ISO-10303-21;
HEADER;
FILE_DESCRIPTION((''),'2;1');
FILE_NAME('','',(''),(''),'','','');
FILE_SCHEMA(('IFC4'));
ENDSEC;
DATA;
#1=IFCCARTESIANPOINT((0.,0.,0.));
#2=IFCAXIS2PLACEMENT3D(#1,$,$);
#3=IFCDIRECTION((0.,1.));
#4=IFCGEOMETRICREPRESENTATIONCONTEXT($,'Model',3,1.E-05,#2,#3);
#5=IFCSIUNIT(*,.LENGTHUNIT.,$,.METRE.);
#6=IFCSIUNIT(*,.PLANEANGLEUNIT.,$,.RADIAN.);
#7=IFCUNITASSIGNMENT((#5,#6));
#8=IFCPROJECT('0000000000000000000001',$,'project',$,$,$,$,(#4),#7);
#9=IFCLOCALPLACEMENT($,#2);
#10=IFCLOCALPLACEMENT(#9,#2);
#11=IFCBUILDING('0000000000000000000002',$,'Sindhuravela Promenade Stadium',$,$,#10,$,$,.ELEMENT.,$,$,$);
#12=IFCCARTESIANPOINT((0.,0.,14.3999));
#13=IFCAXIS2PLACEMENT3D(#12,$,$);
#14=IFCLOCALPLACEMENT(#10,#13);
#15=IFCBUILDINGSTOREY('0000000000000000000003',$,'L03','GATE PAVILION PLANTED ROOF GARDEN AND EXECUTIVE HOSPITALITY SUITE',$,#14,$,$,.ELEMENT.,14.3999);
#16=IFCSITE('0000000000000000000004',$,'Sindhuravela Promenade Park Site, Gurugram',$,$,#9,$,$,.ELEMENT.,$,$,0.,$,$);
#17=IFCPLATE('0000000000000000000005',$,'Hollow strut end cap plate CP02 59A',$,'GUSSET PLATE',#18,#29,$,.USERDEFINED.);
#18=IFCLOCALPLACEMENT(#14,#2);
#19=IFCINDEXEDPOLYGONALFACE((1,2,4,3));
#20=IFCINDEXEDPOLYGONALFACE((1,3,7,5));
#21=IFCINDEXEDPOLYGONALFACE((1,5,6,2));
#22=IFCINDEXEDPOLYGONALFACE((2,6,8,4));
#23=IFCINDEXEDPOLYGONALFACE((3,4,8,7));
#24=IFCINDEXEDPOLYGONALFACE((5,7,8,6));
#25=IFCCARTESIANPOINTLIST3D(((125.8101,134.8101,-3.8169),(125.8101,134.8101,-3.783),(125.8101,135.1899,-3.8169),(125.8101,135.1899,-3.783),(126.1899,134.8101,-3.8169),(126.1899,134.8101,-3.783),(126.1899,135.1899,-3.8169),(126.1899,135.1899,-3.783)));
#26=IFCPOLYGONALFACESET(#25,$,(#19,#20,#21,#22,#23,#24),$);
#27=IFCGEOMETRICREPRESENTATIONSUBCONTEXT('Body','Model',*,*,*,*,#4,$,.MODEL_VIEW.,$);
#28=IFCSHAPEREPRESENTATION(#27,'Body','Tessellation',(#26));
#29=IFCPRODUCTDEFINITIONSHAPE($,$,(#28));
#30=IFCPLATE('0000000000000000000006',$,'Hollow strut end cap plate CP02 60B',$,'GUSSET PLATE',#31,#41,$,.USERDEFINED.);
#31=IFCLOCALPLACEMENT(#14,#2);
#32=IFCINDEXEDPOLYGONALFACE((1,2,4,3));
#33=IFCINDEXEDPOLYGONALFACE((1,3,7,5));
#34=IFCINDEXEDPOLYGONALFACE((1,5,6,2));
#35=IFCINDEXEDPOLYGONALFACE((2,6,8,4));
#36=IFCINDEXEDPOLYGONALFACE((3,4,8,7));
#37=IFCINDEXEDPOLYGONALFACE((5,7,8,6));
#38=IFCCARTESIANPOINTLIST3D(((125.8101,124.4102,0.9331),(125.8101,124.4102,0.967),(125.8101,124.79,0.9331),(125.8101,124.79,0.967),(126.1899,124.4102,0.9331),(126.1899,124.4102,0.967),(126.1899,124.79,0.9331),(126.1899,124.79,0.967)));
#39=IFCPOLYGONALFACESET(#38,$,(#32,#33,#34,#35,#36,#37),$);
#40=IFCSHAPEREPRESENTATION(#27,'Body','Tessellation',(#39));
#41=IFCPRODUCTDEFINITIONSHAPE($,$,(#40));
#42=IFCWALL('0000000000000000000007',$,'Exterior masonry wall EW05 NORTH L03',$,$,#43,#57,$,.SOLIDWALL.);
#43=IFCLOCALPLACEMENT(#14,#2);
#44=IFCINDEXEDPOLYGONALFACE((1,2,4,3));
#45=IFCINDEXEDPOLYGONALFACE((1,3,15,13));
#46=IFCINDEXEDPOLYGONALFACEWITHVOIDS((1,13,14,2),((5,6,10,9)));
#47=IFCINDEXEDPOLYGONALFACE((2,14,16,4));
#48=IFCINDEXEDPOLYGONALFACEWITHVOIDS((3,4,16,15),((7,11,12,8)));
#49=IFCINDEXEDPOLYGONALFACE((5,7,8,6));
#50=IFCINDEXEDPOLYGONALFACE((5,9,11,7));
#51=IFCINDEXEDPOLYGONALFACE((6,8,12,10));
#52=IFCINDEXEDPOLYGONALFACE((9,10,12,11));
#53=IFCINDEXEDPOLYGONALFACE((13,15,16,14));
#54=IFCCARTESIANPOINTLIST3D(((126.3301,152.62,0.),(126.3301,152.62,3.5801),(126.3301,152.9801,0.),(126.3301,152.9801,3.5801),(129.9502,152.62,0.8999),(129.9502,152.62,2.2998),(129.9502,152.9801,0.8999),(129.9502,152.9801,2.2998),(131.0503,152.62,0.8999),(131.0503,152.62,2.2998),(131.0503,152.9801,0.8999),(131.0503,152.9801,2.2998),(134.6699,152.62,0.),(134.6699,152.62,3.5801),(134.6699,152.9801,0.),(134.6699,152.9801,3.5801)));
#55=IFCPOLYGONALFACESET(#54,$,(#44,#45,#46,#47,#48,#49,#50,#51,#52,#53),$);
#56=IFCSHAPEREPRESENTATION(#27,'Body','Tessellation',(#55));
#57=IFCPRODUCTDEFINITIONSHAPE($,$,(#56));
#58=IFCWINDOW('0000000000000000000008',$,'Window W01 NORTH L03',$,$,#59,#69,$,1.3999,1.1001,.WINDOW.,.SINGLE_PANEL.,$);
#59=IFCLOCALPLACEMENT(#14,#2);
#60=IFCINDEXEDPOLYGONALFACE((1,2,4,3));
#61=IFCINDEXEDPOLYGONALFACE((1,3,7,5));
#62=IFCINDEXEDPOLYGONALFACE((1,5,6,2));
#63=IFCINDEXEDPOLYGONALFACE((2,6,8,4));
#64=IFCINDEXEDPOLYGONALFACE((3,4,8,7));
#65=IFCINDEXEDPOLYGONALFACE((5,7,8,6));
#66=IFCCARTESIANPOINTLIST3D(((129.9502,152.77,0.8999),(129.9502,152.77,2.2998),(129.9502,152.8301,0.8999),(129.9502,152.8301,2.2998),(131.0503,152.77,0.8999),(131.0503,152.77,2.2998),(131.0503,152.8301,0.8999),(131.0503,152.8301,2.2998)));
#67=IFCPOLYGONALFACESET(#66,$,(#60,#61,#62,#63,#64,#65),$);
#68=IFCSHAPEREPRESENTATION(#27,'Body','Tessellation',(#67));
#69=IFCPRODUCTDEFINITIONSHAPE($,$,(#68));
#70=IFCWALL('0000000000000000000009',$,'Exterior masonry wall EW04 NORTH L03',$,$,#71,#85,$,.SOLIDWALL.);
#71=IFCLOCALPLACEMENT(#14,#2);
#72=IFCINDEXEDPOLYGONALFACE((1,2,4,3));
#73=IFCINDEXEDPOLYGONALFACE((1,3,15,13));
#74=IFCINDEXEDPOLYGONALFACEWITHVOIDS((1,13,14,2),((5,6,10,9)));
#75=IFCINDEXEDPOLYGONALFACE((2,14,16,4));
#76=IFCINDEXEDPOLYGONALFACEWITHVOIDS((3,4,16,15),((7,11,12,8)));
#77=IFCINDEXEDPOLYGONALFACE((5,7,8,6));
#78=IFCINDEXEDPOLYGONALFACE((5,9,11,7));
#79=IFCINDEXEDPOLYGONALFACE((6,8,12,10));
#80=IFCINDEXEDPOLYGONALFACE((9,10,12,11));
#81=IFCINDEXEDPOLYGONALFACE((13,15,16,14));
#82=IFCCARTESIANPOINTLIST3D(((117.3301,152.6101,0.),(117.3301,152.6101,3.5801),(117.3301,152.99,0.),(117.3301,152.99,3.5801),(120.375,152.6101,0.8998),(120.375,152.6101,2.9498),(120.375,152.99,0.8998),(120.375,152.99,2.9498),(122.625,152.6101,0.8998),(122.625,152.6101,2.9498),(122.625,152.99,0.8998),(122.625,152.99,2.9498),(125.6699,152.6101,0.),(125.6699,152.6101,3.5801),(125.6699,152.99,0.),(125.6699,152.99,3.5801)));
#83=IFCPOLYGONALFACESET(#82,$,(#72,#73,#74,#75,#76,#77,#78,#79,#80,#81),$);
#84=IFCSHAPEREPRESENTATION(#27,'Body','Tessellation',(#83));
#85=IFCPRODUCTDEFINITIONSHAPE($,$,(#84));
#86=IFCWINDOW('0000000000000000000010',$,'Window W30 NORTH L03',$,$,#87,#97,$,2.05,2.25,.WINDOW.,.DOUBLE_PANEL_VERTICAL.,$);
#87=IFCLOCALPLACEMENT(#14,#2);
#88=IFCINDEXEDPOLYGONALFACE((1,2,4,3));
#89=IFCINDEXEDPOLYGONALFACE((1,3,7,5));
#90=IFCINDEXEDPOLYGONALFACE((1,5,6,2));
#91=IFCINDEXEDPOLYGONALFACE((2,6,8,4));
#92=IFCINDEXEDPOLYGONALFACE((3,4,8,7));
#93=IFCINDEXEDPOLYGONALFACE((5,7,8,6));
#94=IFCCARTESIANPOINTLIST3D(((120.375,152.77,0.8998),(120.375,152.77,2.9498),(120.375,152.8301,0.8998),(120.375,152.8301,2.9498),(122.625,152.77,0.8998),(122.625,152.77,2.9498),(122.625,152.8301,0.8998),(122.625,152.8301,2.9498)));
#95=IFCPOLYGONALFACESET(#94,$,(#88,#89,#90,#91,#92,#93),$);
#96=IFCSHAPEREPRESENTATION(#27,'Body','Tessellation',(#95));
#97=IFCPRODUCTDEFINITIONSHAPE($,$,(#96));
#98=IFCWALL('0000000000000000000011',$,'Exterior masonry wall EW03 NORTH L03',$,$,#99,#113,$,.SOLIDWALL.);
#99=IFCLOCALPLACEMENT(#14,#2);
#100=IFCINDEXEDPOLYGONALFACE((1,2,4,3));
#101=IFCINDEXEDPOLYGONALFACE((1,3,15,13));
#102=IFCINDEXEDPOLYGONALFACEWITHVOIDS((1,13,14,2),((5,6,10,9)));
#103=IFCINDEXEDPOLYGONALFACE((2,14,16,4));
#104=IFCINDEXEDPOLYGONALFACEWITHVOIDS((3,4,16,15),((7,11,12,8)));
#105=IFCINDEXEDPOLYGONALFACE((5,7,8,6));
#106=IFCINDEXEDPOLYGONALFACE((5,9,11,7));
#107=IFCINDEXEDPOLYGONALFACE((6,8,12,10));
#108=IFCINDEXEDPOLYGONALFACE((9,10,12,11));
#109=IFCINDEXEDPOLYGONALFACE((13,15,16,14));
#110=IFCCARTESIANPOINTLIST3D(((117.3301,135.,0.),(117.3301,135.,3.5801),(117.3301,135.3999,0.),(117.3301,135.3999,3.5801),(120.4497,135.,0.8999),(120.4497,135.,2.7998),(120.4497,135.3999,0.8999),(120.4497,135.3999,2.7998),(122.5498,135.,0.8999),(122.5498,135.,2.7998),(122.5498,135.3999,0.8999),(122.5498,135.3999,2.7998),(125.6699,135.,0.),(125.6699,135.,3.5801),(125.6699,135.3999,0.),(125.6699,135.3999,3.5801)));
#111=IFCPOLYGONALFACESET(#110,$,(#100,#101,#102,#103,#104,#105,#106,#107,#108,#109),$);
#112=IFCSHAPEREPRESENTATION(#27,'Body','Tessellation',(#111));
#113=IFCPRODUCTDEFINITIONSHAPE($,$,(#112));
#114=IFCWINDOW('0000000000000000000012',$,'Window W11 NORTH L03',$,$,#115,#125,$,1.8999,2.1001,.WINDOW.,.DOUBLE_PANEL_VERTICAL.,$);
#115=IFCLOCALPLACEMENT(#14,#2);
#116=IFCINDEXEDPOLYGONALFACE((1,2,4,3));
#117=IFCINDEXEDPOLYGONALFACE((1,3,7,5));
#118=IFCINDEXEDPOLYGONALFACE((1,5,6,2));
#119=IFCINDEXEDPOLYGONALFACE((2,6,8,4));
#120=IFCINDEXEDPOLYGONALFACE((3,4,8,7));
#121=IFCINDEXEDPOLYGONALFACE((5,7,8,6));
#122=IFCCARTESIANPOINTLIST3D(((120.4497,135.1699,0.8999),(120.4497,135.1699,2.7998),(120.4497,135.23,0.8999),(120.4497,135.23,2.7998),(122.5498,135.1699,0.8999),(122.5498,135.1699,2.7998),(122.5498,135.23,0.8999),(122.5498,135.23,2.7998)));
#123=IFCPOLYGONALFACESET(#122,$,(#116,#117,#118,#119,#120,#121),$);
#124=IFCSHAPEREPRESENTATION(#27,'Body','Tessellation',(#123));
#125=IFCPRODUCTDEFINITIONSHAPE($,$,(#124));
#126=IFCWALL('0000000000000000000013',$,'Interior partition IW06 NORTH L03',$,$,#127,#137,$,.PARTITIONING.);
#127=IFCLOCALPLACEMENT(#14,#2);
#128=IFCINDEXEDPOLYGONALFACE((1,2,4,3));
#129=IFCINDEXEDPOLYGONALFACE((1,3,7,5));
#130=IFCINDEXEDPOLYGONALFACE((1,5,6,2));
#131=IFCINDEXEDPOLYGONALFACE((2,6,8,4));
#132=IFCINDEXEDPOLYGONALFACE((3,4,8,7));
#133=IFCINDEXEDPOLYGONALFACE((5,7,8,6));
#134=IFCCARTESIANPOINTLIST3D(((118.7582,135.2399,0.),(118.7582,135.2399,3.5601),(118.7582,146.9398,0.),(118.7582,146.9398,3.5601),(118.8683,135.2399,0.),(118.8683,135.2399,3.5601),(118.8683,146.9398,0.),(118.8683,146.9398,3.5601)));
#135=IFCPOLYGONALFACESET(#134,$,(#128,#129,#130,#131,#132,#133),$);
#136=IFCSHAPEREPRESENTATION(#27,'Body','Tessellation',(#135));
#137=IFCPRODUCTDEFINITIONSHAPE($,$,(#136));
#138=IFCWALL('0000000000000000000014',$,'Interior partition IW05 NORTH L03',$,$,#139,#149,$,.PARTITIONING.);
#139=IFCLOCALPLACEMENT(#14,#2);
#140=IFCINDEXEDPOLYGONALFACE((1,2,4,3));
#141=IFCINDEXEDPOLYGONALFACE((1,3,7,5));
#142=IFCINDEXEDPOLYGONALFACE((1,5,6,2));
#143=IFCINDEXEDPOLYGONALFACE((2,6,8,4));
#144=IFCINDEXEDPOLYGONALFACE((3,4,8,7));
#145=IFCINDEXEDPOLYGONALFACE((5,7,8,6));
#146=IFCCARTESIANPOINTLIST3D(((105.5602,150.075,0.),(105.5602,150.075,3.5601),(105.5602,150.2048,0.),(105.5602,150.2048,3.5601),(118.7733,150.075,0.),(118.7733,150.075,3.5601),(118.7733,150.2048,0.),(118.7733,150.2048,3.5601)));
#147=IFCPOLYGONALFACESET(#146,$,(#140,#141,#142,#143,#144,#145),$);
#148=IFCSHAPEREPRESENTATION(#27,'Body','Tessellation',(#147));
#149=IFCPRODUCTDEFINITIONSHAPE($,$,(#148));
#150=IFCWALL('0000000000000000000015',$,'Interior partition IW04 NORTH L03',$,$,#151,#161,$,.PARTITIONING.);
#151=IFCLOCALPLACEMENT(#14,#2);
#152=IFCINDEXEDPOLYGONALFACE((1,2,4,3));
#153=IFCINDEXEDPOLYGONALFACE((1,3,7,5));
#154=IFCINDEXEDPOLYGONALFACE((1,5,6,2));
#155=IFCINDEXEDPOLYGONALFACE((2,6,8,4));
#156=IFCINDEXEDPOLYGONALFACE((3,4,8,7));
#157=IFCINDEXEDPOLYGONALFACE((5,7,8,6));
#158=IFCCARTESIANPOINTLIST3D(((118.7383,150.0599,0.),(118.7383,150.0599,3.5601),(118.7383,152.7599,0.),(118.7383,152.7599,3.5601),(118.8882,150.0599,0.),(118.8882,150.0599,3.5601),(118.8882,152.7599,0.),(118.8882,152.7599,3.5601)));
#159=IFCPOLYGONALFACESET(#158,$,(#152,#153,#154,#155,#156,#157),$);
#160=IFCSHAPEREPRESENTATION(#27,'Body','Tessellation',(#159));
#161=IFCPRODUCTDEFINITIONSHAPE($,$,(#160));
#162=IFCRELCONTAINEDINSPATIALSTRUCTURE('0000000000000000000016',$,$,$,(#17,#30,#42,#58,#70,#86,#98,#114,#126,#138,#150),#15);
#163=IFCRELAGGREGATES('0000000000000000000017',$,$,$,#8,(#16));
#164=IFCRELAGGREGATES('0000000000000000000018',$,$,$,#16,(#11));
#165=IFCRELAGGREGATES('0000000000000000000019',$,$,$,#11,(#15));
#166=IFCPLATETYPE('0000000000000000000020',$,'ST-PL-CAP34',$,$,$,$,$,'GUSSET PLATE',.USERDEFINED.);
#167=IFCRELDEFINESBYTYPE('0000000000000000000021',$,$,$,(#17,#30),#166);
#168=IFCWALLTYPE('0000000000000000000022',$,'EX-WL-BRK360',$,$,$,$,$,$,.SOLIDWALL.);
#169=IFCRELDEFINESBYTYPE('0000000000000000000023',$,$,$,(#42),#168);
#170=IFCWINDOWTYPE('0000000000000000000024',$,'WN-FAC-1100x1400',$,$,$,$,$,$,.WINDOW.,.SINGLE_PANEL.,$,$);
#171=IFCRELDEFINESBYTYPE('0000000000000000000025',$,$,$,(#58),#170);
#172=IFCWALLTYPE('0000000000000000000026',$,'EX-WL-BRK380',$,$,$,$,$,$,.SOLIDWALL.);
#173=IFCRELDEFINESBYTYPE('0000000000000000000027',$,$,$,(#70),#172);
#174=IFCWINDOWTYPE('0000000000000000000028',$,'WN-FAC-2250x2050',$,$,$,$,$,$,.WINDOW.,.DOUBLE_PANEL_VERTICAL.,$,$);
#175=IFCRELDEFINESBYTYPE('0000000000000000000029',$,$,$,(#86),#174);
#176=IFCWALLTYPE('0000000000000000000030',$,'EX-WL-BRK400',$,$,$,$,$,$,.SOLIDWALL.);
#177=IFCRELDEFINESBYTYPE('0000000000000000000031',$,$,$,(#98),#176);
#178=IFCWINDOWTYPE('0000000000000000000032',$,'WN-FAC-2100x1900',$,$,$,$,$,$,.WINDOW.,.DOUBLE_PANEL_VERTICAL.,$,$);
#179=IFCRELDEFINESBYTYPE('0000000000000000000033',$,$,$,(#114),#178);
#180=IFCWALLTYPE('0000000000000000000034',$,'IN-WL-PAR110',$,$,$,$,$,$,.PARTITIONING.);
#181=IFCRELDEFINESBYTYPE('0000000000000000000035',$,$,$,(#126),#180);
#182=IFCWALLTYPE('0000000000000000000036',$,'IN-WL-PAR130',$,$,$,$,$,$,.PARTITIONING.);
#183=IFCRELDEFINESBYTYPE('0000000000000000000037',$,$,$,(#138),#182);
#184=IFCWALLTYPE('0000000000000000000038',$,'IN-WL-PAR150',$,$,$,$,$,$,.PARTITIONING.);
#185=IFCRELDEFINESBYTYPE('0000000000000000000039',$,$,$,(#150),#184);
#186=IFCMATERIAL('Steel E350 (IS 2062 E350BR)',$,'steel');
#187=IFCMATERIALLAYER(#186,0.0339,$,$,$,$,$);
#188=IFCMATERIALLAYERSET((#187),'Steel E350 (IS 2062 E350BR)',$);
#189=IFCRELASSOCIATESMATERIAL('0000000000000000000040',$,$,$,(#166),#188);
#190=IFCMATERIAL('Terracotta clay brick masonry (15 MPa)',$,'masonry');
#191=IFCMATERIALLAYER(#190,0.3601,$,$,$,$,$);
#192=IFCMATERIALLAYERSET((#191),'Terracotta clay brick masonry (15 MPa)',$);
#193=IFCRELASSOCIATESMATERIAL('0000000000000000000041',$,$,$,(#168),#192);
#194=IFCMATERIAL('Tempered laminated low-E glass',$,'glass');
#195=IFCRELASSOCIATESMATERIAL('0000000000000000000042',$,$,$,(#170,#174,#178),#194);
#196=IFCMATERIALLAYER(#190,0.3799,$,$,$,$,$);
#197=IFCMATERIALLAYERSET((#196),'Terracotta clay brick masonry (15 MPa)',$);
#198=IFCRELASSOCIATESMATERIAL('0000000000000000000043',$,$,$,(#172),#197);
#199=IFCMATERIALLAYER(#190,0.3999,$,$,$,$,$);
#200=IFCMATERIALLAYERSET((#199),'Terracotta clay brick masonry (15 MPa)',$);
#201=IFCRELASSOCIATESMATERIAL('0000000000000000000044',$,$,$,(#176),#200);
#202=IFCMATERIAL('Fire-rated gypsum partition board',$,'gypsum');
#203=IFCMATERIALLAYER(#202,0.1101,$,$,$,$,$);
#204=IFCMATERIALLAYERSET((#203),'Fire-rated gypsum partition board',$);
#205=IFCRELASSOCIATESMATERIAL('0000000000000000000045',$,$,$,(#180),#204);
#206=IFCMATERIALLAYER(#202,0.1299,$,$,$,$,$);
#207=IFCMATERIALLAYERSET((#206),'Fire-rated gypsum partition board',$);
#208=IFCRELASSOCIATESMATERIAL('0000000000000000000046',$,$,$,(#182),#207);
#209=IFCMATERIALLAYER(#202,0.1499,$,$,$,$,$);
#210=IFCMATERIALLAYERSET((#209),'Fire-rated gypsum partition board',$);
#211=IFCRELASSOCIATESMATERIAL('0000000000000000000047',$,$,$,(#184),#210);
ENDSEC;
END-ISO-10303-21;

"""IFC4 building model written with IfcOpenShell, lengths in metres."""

from ifc_helpers import new_model, si_unit, direction, frame, frame_2d, origin, origin_2d, place, context, subcontext, project, spatial, rectangle, extrude, material, layer, layer_set, type_object, element, fill, save


model = new_model("IFC4")

# Units and contexts
model_context = context("Model", 3, precision=1e-05, world=origin(), true_north=direction((0.0, 1.0)))
body_context = subcontext(model_context, "Body", "Model", "MODEL_VIEW")
ifc_project = project(units=[si_unit("LENGTHUNIT", "METRE"), si_unit("PLANEANGLEUNIT", "RADIAN")], contexts=[model_context])

# Site, building, storey
site_placement = place(None, origin())
site = spatial("IfcSite", under=ifc_project, at=site_placement, Name="Sindhuravela Promenade Park Site, Gurugram", CompositionType="ELEMENT", RefElevation=0.0)
building_placement = place(site_placement, origin())
building = spatial("IfcBuilding", under=site, at=building_placement, Name="Sindhuravela Promenade Stadium", CompositionType="ELEMENT")
storey_placement = place(building_placement, frame((0.0, 0.0, 14.3999)))
storey = spatial("IfcBuildingStorey", under=building, at=storey_placement, Name="L03", Description="GATE PAVILION PLANTED ROOF GARDEN AND EXECUTIVE HOSPITALITY SUITE", CompositionType="ELEMENT", Elevation=14.3999)

# Shared definitions
ifc_material_1 = material(Name="Steel E350 (IS 2062 E350BR)", Category="steel")

# Plates
ifc_layer_1 = layer(ifc_material_1, 0.0339)
ifc_layer_set_1 = layer_set([ifc_layer_1], Name="Steel E350 (IS 2062 E350BR)")
plate_type = type_object("IfcPlateType", Name="ST-PL-CAP34", ElementType="GUSSET PLATE", PredefinedType="USERDEFINED", material=ifc_layer_set_1)
for number, where, z_axis, x_axis, name in (
    (1, (126.0, 135.0, -3.8169), (0.0, 0.0, 1.0), (1.0, 0.0, 0.0), "Hollow strut end cap plate CP02 59A"),
    (2, (126.0, 124.6001, 0.9331), (0.0, 0.0, 1.0), (1.0, 0.0, 0.0), "Hollow strut end cap plate CP02 60B"),
):
    element("IfcPlate", number, at=place(storey_placement, frame(where, z_axis=z_axis, x_axis=x_axis)), inside=storey, type_object=plate_type, Name=name, ObjectType="GUSSET PLATE", PredefinedType="USERDEFINED", context=body_context, shape_type="SweptSolid", body=[
        extrude(rectangle(XDim=0.3799, YDim=0.3799, at=origin_2d()), origin(), (0.0, 0.0, 1.0), 0.0339),
    ])

# Walls, openings, windows
ifc_material_2 = material(Name="Terracotta clay brick masonry (15 MPa)", Category="masonry")
ifc_layer_2 = layer(ifc_material_2, 0.3601)
ifc_layer_set_2 = layer_set([ifc_layer_2], Name="Terracotta clay brick masonry (15 MPa)")
wall_type_1 = type_object("IfcWallType", Name="EX-WL-BRK360", PredefinedType="SOLIDWALL", material=ifc_layer_set_2)
wall_1_placement = place(storey_placement, frame((126.3301, 152.8, 0.0), z_axis=(0.0, 0.0, 1.0), x_axis=(1.0, 0.0, 0.0)))
wall_1 = element("IfcWall", 3, at=wall_1_placement, inside=storey, type_object=wall_type_1, Name="Exterior masonry wall EW05 NORTH L03", PredefinedType="SOLIDWALL", context=body_context, shape_type="SweptSolid", body=[
    extrude(rectangle(XDim=8.3398, YDim=0.3601, at=frame_2d((4.1699, 0.0))), origin(), (0.0, 0.0, 1.0), 3.5801),
])
opening_1_placement = place(wall_1_placement, frame((3.6201, 0.0, 0.8999)))
opening_1 = element("IfcOpeningElement", 4, at=opening_1_placement, cuts=wall_1, PredefinedType="OPENING", context=body_context, shape_type="SweptSolid", body=[
    extrude(rectangle(XDim=1.1001, YDim=1.3999, at=frame_2d((0.55, 0.7))), frame((0.0, 0.1899, 0.0), z_axis=(0.0, -1.0, 0.0), x_axis=(1.0, 0.0, 0.0)), (0.0, 0.0, 1.0), 0.3801),
])
ifc_material_3 = material(Name="Tempered laminated low-E glass", Category="glass")
window_type_1 = type_object("IfcWindowType", Name="WN-FAC-1100x1400", PartitioningType="SINGLE_PANEL", PredefinedType="WINDOW", material=ifc_material_3)
window_1_placement = place(opening_1_placement, origin())
window_1 = element("IfcWindow", 5, at=window_1_placement, inside=storey, type_object=window_type_1, Name="Window W01 NORTH L03", OverallHeight=1.3999, OverallWidth=1.1001, PartitioningType="SINGLE_PANEL", PredefinedType="WINDOW", context=body_context, shape_type="SweptSolid", body=[
    extrude(rectangle(XDim=1.1001, YDim=1.3999, at=frame_2d((0.55, 0.7))), frame((0.0, 0.03, 0.0), z_axis=(0.0, -1.0, 0.0), x_axis=(1.0, 0.0, 0.0)), (0.0, 0.0, 1.0), 0.0601),
])
fill(opening_1, window_1)
ifc_layer_3 = layer(ifc_material_2, 0.3799)
ifc_layer_set_3 = layer_set([ifc_layer_3], Name="Terracotta clay brick masonry (15 MPa)")
wall_type_2 = type_object("IfcWallType", Name="EX-WL-BRK380", PredefinedType="SOLIDWALL", material=ifc_layer_set_3)
wall_2_placement = place(storey_placement, frame((117.3301, 152.8, 0.0), z_axis=(0.0, 0.0, 1.0), x_axis=(1.0, 0.0, 0.0)))
wall_2 = element("IfcWall", 6, at=wall_2_placement, inside=storey, type_object=wall_type_2, Name="Exterior masonry wall EW04 NORTH L03", PredefinedType="SOLIDWALL", context=body_context, shape_type="SweptSolid", body=[
    extrude(rectangle(XDim=8.3398, YDim=0.3799, at=frame_2d((4.1699, 0.0))), origin(), (0.0, 0.0, 1.0), 3.5801),
])
opening_2_placement = place(wall_2_placement, frame((3.0449, 0.0, 0.8999)))
opening_2 = element("IfcOpeningElement", 7, at=opening_2_placement, cuts=wall_2, PredefinedType="OPENING", context=body_context, shape_type="SweptSolid", body=[
    extrude(rectangle(XDim=2.25, YDim=2.05, at=frame_2d((1.125, 1.0249))), frame((0.0, 0.2, 0.0), z_axis=(0.0, -1.0, 0.0), x_axis=(1.0, 0.0, 0.0)), (0.0, 0.0, 1.0), 0.3999),
])
window_type_2 = type_object("IfcWindowType", Name="WN-FAC-2250x2050", PartitioningType="DOUBLE_PANEL_VERTICAL", PredefinedType="WINDOW", material=ifc_material_3)
window_2_placement = place(opening_2_placement, origin())
window_2 = element("IfcWindow", 8, at=window_2_placement, inside=storey, type_object=window_type_2, Name="Window W30 NORTH L03", OverallHeight=2.05, OverallWidth=2.25, PartitioningType="DOUBLE_PANEL_VERTICAL", PredefinedType="WINDOW", context=body_context, shape_type="SweptSolid", body=[
    extrude(rectangle(XDim=2.25, YDim=2.05, at=frame_2d((1.125, 1.0249))), frame((0.0, 0.03, 0.0), z_axis=(0.0, -1.0, 0.0), x_axis=(1.0, 0.0, 0.0)), (0.0, 0.0, 1.0), 0.0601),
])
fill(opening_2, window_2)
ifc_layer_4 = layer(ifc_material_2, 0.3999)
ifc_layer_set_4 = layer_set([ifc_layer_4], Name="Terracotta clay brick masonry (15 MPa)")
wall_type_3 = type_object("IfcWallType", Name="EX-WL-BRK400", PredefinedType="SOLIDWALL", material=ifc_layer_set_4)
wall_3_placement = place(storey_placement, frame((125.6699, 135.2, 0.0), z_axis=(0.0, 0.0, 1.0), x_axis=(-1.0, 0.0, 0.0)))
wall_3 = element("IfcWall", 9, at=wall_3_placement, inside=storey, type_object=wall_type_3, Name="Exterior masonry wall EW03 NORTH L03", PredefinedType="SOLIDWALL", context=body_context, shape_type="SweptSolid", body=[
    extrude(rectangle(XDim=8.3398, YDim=0.3999, at=frame_2d((4.1699, 0.0))), origin(), (0.0, 0.0, 1.0), 3.5801),
])
opening_3_placement = place(wall_3_placement, frame((3.1201, 0.0, 0.8999)))
opening_3 = element("IfcOpeningElement", 10, at=opening_3_placement, cuts=wall_3, PredefinedType="OPENING", context=body_context, shape_type="SweptSolid", body=[
    extrude(rectangle(XDim=2.1001, YDim=1.8999, at=frame_2d((1.05, 0.95))), frame((0.0, 0.21, 0.0), z_axis=(0.0, -1.0, 0.0), x_axis=(1.0, 0.0, 0.0)), (0.0, 0.0, 1.0), 0.4199),
])
window_type_3 = type_object("IfcWindowType", Name="WN-FAC-2100x1900", PartitioningType="DOUBLE_PANEL_VERTICAL", PredefinedType="WINDOW", material=ifc_material_3)
window_3_placement = place(opening_3_placement, origin())
window_3 = element("IfcWindow", 11, at=window_3_placement, inside=storey, type_object=window_type_3, Name="Window W11 NORTH L03", OverallHeight=1.8999, OverallWidth=2.1001, PartitioningType="DOUBLE_PANEL_VERTICAL", PredefinedType="WINDOW", context=body_context, shape_type="SweptSolid", body=[
    extrude(rectangle(XDim=2.1001, YDim=1.8999, at=frame_2d((1.05, 0.95))), frame((0.0, 0.03, 0.0), z_axis=(0.0, -1.0, 0.0), x_axis=(1.0, 0.0, 0.0)), (0.0, 0.0, 1.0), 0.0601),
])
fill(opening_3, window_3)

# Walls
ifc_material_4 = material(Name="Fire-rated gypsum partition board", Category="gypsum")
ifc_layer_5 = layer(ifc_material_4, 0.1101)
ifc_layer_set_5 = layer_set([ifc_layer_5], Name="Fire-rated gypsum partition board")
wall_type_4 = type_object("IfcWallType", Name="IN-WL-PAR110", PredefinedType="PARTITIONING", material=ifc_layer_set_5)
wall_4_placement = place(storey_placement, frame((118.8132, 146.9399, 0.0), z_axis=(0.0, 0.0, 1.0), x_axis=(0.0, -1.0, 0.0)))
element("IfcWall", 12, at=wall_4_placement, inside=storey, type_object=wall_type_4, Name="Interior partition IW06 NORTH L03", PredefinedType="PARTITIONING", context=body_context, shape_type="SweptSolid", body=[
    extrude(rectangle(XDim=11.7, YDim=0.1101, at=frame_2d((5.8501, 0.0))), origin(), (0.0, 0.0, 1.0), 3.5601),
])
ifc_layer_6 = layer(ifc_material_4, 0.1299)
ifc_layer_set_6 = layer_set([ifc_layer_6], Name="Fire-rated gypsum partition board")
wall_type_5 = type_object("IfcWallType", Name="IN-WL-PAR130", PredefinedType="PARTITIONING", material=ifc_layer_set_6)
wall_5_placement = place(storey_placement, frame((118.7732, 150.1399, 0.0), z_axis=(0.0, 0.0, 1.0), x_axis=(-1.0, 0.0, 0.0)))
element("IfcWall", 13, at=wall_5_placement, inside=storey, type_object=wall_type_5, Name="Interior partition IW05 NORTH L03", PredefinedType="PARTITIONING", context=body_context, shape_type="SweptSolid", body=[
    extrude(rectangle(XDim=13.2131, YDim=0.1299, at=frame_2d((6.6064, 0.0))), origin(), (0.0, 0.0, 1.0), 3.5601),
])
ifc_layer_7 = layer(ifc_material_4, 0.1499)
ifc_layer_set_7 = layer_set([ifc_layer_7], Name="Fire-rated gypsum partition board")
wall_type_6 = type_object("IfcWallType", Name="IN-WL-PAR150", PredefinedType="PARTITIONING", material=ifc_layer_set_7)
wall_6_placement = place(storey_placement, frame((118.8132, 152.76, 0.0), z_axis=(0.0, 0.0, 1.0), x_axis=(0.0, -1.0, 0.0)))
element("IfcWall", 14, at=wall_6_placement, inside=storey, type_object=wall_type_6, Name="Interior partition IW04 NORTH L03", PredefinedType="PARTITIONING", context=body_context, shape_type="SweptSolid", body=[
    extrude(rectangle(XDim=2.7, YDim=0.1499, at=frame_2d((1.3501, 0.0))), origin(), (0.0, 0.0, 1.0), 3.5601),
])

save(model, "model.ifc")
